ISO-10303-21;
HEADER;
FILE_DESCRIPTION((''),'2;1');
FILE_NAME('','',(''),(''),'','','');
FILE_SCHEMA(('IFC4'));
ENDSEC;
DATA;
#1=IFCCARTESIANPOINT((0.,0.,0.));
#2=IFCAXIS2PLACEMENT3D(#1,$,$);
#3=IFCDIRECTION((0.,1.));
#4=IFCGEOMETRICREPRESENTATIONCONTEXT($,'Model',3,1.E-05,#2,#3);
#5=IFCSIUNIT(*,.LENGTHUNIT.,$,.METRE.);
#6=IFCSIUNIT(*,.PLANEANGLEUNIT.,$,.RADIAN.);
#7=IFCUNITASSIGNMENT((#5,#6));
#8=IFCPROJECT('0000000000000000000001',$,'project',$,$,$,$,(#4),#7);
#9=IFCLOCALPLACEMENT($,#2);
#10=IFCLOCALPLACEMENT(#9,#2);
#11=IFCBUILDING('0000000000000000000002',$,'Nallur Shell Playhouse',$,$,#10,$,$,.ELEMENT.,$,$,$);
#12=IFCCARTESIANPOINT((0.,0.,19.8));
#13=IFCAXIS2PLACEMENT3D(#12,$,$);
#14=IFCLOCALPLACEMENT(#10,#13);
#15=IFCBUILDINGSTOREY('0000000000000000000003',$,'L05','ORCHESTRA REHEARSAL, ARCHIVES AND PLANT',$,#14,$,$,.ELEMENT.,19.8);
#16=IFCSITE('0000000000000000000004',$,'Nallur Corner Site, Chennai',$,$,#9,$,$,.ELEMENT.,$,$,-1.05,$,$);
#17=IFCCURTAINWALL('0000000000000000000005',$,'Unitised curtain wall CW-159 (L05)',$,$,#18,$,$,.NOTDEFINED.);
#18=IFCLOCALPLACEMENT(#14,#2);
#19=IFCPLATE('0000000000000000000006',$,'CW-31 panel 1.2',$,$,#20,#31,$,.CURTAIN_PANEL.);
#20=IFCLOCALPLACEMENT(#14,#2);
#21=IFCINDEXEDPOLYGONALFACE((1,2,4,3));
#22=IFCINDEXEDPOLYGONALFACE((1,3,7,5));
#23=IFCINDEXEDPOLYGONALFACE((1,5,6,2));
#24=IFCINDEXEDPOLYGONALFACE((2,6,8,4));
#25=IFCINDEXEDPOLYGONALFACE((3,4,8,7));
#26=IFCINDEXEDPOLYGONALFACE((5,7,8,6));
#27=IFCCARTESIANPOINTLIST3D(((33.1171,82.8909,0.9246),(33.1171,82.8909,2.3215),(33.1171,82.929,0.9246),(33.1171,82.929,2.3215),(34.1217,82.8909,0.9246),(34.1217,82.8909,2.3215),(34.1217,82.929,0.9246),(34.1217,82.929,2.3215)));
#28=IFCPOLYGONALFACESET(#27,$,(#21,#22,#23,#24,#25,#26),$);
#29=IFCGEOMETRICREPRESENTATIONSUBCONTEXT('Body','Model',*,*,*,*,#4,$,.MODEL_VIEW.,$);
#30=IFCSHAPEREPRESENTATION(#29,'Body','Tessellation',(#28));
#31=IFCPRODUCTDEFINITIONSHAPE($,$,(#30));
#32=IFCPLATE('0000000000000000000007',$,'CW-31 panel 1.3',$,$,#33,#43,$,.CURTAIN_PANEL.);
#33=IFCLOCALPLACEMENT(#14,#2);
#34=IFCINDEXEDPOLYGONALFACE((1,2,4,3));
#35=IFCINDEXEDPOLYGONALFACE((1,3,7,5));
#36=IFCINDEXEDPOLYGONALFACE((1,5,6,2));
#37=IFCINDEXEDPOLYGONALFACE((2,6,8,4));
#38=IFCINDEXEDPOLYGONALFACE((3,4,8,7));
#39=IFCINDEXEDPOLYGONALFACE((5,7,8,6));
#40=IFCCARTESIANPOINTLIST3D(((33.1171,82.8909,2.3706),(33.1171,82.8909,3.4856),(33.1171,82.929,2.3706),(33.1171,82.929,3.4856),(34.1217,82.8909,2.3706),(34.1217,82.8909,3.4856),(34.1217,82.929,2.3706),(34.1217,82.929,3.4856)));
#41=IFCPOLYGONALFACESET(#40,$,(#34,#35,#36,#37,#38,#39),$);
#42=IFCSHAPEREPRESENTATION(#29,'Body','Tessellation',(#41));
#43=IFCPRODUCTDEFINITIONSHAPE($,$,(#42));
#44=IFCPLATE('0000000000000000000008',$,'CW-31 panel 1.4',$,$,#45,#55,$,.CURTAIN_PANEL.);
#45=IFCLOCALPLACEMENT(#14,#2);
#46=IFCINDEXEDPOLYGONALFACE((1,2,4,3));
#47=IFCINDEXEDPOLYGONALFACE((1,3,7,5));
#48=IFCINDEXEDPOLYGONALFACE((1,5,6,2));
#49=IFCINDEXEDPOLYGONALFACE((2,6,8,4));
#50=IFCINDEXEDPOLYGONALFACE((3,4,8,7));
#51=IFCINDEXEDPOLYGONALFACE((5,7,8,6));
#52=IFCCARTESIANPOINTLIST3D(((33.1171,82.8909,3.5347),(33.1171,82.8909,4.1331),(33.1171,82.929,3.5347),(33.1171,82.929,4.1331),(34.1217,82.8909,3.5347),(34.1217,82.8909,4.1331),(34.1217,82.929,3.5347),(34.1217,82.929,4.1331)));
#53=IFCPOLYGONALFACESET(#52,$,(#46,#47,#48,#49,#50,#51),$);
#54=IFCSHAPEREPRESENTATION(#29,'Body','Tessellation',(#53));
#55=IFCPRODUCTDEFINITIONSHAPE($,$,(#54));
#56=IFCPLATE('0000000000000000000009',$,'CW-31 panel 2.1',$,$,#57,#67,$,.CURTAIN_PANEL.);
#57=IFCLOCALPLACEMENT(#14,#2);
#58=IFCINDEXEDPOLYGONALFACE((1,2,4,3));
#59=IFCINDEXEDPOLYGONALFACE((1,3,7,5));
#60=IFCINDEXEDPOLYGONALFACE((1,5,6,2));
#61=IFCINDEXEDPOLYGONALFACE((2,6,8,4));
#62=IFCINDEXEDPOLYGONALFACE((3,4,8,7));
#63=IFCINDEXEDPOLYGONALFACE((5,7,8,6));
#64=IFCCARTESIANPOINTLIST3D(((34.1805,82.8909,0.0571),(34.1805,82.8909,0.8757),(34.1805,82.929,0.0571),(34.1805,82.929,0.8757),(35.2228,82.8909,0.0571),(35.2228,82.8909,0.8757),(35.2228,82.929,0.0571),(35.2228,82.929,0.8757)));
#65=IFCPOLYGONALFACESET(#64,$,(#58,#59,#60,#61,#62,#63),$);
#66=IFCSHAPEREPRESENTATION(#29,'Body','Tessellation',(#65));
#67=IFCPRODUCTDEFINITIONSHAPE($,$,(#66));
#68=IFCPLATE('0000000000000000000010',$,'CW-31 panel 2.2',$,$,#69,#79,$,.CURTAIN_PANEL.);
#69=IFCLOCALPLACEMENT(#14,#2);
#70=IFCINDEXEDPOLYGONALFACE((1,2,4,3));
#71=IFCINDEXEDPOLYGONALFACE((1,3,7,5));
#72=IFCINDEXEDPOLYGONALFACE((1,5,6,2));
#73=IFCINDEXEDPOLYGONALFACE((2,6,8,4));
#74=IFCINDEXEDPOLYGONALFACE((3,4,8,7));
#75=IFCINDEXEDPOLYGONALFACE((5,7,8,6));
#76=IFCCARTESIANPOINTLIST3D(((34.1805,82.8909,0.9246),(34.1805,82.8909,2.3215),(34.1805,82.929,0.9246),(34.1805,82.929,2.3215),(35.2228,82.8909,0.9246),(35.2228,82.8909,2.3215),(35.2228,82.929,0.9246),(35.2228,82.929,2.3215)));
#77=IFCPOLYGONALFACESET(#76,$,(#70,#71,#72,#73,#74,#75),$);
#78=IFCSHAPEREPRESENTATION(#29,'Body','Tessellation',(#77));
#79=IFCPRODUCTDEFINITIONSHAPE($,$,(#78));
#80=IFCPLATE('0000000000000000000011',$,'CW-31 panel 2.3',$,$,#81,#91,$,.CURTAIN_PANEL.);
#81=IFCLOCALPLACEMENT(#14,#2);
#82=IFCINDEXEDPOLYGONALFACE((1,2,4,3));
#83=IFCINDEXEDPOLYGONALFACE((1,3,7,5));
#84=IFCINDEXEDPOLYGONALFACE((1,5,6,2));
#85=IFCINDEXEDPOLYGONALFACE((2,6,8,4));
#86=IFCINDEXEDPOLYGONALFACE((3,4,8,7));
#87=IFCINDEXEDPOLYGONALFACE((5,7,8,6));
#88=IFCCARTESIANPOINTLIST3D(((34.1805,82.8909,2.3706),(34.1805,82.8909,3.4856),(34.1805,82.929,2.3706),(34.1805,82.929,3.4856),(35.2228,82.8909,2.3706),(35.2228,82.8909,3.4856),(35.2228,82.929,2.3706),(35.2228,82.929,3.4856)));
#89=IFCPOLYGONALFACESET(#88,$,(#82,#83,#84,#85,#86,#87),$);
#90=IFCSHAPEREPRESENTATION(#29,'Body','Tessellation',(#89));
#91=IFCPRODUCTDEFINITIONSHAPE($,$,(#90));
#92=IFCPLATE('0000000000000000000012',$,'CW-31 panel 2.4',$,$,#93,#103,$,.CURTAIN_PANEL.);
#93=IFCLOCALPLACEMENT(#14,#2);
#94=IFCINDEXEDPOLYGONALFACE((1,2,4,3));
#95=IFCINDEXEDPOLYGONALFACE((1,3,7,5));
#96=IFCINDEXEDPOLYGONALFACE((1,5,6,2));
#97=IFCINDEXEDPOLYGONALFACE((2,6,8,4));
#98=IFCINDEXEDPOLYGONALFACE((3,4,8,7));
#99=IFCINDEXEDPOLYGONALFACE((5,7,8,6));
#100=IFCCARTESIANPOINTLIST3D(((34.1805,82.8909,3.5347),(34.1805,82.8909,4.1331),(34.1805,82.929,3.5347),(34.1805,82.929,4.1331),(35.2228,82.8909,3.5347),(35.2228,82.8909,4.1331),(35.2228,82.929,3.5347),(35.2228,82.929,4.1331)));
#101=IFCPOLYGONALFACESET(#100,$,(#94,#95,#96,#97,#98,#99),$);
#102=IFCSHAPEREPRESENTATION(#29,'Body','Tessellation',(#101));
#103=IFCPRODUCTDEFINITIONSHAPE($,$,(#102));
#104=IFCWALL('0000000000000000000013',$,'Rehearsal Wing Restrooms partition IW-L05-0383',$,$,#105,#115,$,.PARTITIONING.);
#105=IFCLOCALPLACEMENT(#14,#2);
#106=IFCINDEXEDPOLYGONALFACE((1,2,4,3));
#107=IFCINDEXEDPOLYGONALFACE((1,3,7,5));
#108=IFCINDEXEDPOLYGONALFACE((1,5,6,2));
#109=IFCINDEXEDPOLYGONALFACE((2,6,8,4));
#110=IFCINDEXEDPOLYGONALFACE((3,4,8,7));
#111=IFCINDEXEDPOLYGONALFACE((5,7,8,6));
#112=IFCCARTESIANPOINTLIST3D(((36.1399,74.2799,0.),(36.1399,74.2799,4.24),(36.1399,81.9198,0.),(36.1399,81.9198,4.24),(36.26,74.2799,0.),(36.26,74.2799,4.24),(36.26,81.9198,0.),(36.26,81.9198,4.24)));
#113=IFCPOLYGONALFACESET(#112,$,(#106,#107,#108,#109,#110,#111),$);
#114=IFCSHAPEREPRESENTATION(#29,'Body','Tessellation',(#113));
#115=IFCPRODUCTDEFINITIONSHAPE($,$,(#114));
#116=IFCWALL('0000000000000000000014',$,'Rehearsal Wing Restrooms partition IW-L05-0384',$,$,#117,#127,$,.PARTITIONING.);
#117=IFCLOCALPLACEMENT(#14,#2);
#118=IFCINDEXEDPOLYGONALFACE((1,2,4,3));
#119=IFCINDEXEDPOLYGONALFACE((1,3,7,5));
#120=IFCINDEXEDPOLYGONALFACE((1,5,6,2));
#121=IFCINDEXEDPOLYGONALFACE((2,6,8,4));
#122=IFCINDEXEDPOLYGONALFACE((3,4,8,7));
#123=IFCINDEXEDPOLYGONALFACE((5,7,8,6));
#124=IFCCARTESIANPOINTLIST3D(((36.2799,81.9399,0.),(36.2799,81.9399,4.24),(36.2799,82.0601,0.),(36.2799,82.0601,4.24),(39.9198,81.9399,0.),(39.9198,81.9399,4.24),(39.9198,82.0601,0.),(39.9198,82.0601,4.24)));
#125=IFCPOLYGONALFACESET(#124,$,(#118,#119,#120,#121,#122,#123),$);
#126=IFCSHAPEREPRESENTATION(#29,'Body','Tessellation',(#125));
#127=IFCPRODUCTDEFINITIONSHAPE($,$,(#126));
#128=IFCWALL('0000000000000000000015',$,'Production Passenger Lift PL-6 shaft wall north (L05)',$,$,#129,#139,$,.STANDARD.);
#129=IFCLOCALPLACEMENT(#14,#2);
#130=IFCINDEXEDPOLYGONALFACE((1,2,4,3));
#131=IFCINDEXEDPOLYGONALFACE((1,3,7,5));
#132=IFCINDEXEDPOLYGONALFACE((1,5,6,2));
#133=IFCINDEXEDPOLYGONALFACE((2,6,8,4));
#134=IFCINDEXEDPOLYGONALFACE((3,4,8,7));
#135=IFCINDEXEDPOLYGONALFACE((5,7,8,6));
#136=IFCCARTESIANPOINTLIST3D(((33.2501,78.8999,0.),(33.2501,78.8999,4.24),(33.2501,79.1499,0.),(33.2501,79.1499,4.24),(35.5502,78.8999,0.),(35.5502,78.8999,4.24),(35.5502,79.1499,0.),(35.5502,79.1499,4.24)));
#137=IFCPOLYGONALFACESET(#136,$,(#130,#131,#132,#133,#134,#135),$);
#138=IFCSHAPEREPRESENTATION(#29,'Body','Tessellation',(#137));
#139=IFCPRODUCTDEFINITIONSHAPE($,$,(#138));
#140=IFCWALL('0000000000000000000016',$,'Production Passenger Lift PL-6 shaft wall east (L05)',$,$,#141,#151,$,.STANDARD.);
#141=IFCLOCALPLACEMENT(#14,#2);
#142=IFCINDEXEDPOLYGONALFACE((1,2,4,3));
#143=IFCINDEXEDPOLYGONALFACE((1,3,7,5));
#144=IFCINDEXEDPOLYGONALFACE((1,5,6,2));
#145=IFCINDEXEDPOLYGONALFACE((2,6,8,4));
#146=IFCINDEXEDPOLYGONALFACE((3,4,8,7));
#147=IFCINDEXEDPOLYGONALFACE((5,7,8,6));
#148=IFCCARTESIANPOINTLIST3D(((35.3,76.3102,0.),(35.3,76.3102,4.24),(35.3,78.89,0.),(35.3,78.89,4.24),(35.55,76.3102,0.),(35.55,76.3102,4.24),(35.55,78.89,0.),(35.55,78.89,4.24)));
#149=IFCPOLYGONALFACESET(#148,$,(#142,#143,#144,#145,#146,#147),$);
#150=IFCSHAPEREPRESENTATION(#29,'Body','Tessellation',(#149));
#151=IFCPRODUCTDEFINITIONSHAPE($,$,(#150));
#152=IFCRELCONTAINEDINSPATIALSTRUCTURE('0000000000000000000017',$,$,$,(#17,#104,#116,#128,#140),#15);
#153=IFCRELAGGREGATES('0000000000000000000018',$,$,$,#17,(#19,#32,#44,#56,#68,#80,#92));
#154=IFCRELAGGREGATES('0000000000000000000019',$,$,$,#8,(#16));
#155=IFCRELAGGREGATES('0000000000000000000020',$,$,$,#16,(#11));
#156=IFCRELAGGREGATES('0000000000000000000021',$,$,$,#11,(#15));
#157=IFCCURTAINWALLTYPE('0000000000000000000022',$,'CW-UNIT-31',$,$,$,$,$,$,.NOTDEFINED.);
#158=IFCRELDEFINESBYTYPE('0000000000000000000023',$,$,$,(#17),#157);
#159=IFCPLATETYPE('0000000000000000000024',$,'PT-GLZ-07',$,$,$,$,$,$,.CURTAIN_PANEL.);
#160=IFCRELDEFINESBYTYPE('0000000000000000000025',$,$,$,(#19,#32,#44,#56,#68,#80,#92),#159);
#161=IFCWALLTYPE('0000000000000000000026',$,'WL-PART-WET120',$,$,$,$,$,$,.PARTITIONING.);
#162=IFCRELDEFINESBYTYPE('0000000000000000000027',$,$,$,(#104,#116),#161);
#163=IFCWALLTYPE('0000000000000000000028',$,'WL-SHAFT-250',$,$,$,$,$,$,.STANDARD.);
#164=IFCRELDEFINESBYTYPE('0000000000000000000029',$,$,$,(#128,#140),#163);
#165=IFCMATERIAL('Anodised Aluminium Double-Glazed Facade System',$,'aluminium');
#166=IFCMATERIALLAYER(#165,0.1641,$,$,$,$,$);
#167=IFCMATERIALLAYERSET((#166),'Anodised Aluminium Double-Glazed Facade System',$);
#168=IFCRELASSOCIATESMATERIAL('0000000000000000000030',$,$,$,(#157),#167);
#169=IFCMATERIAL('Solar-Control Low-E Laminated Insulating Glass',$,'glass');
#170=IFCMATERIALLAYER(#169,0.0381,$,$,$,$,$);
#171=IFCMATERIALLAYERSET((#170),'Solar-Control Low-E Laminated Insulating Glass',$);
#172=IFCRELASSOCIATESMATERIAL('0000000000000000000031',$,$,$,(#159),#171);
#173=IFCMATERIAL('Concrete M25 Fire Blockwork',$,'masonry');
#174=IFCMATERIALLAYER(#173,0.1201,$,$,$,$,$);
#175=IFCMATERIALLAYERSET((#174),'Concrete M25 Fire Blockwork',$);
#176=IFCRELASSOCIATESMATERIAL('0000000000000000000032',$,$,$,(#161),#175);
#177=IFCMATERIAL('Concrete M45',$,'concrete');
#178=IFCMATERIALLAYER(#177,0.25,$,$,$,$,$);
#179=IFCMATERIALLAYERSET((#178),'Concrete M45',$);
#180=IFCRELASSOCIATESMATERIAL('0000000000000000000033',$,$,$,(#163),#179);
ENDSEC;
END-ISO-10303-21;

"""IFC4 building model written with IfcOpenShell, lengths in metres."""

from ifc_helpers import new_model, si_unit, direction, frame, frame_2d, origin, origin_2d, place, context, subcontext, project, spatial, rectangle, extrude, material, layer, layer_set, type_object, element, aggregate, save


model = new_model("IFC4")

# Units and contexts
model_context = context("Model", 3, precision=1e-05, world=origin(), true_north=direction((0.0, 1.0)))
body_context = subcontext(model_context, "Body", "Model", "MODEL_VIEW")
ifc_project = project(units=[si_unit("LENGTHUNIT", "METRE"), si_unit("PLANEANGLEUNIT", "RADIAN")], contexts=[model_context])

# Site, building, storey
site_placement = place(None, origin())
site = spatial("IfcSite", under=ifc_project, at=site_placement, Name="Nallur Corner Site, Chennai", CompositionType="ELEMENT", RefElevation=-1.05)
building_placement = place(site_placement, origin())
building = spatial("IfcBuilding", under=site, at=building_placement, Name="Nallur Shell Playhouse", CompositionType="ELEMENT")
storey_placement = place(building_placement, frame((0.0, 0.0, 19.8)))
storey = spatial("IfcBuildingStorey", under=building, at=storey_placement, Name="L05", Description="ORCHESTRA REHEARSAL, ARCHIVES AND PLANT", CompositionType="ELEMENT", Elevation=19.8)

# Curtain wall, plates
ifc_material_1 = material(Name="Anodised Aluminium Double-Glazed Facade System", Category="aluminium")
ifc_layer_1 = layer(ifc_material_1, 0.1641)
ifc_layer_set_1 = layer_set([ifc_layer_1], Name="Anodised Aluminium Double-Glazed Facade System")
curtain_wall_type = type_object("IfcCurtainWallType", Name="CW-UNIT-31", PredefinedType="NOTDEFINED", material=ifc_layer_set_1)
curtain_wall_placement = place(storey_placement, origin())
curtain_wall = element("IfcCurtainWall", 1, at=curtain_wall_placement, inside=storey, type_object=curtain_wall_type, Name="Unitised curtain wall CW-159 (L05)", PredefinedType="NOTDEFINED")
ifc_material_2 = material(Name="Solar-Control Low-E Laminated Insulating Glass", Category="glass")
ifc_layer_2 = layer(ifc_material_2, 0.0381)
ifc_layer_set_2 = layer_set([ifc_layer_2], Name="Solar-Control Low-E Laminated Insulating Glass")
plate_type = type_object("IfcPlateType", Name="PT-GLZ-07", PredefinedType="CURTAIN_PANEL", material=ifc_layer_set_2)
plate_1_placement = place(storey_placement, frame((33.6194, 82.9099, 0.9246), z_axis=(0.0, 0.0, 1.0), x_axis=(1.0, 0.0, 0.0)))
plate_1 = element("IfcPlate", 2, at=plate_1_placement, type_object=plate_type, Name="CW-31 panel 1.2", PredefinedType="CURTAIN_PANEL", context=body_context, shape_type="SweptSolid", body=[
    extrude(rectangle(XDim=1.0046, YDim=0.0381, at=origin_2d()), origin(), (0.0, 0.0, 1.0), 1.397),
])
plate_2_placement = place(storey_placement, frame((33.6194, 82.9099, 2.3706), z_axis=(0.0, 0.0, 1.0), x_axis=(1.0, 0.0, 0.0)))
plate_2 = element("IfcPlate", 3, at=plate_2_placement, type_object=plate_type, Name="CW-31 panel 1.3", PredefinedType="CURTAIN_PANEL", context=body_context, shape_type="SweptSolid", body=[
    extrude(rectangle(XDim=1.0046, YDim=0.0381, at=origin_2d()), origin(), (0.0, 0.0, 1.0), 1.115),
])
plate_3_placement = place(storey_placement, frame((33.6194, 82.9099, 3.5347), z_axis=(0.0, 0.0, 1.0), x_axis=(1.0, 0.0, 0.0)))
plate_3 = element("IfcPlate", 4, at=plate_3_placement, type_object=plate_type, Name="CW-31 panel 1.4", PredefinedType="CURTAIN_PANEL", context=body_context, shape_type="SweptSolid", body=[
    extrude(rectangle(XDim=1.0046, YDim=0.0381, at=origin_2d()), origin(), (0.0, 0.0, 1.0), 0.5984),
])
plate_4_placement = place(storey_placement, frame((34.7017, 82.9099, 0.0571), z_axis=(0.0, 0.0, 1.0), x_axis=(1.0, 0.0, 0.0)))
plate_4 = element("IfcPlate", 5, at=plate_4_placement, type_object=plate_type, Name="CW-31 panel 2.1", PredefinedType="CURTAIN_PANEL", context=body_context, shape_type="SweptSolid", body=[
    extrude(rectangle(XDim=1.0422, YDim=0.0381, at=origin_2d()), origin(), (0.0, 0.0, 1.0), 0.8186),
])
plate_5_placement = place(storey_placement, frame((34.7017, 82.9099, 0.9246), z_axis=(0.0, 0.0, 1.0), x_axis=(1.0, 0.0, 0.0)))
plate_5 = element("IfcPlate", 6, at=plate_5_placement, type_object=plate_type, Name="CW-31 panel 2.2", PredefinedType="CURTAIN_PANEL", context=body_context, shape_type="SweptSolid", body=[
    extrude(rectangle(XDim=1.0422, YDim=0.0381, at=origin_2d()), origin(), (0.0, 0.0, 1.0), 1.397),
])
plate_6_placement = place(storey_placement, frame((34.7017, 82.9099, 2.3706), z_axis=(0.0, 0.0, 1.0), x_axis=(1.0, 0.0, 0.0)))
plate_6 = element("IfcPlate", 7, at=plate_6_placement, type_object=plate_type, Name="CW-31 panel 2.3", PredefinedType="CURTAIN_PANEL", context=body_context, shape_type="SweptSolid", body=[
    extrude(rectangle(XDim=1.0422, YDim=0.0381, at=origin_2d()), origin(), (0.0, 0.0, 1.0), 1.115),
])
plate_7_placement = place(storey_placement, frame((34.7017, 82.9099, 3.5347), z_axis=(0.0, 0.0, 1.0), x_axis=(1.0, 0.0, 0.0)))
plate_7 = element("IfcPlate", 8, at=plate_7_placement, type_object=plate_type, Name="CW-31 panel 2.4", PredefinedType="CURTAIN_PANEL", context=body_context, shape_type="SweptSolid", body=[
    extrude(rectangle(XDim=1.0422, YDim=0.0381, at=origin_2d()), origin(), (0.0, 0.0, 1.0), 0.5984),
])
aggregate(curtain_wall, [plate_1, plate_2, plate_3, plate_4, plate_5, plate_6, plate_7])

# Walls
ifc_material_3 = material(Name="Concrete M25 Fire Blockwork", Category="masonry")
ifc_layer_3 = layer(ifc_material_3, 0.1201)
ifc_layer_set_3 = layer_set([ifc_layer_3], Name="Concrete M25 Fire Blockwork")
wall_type_1 = type_object("IfcWallType", Name="WL-PART-WET120", PredefinedType="PARTITIONING", material=ifc_layer_set_3)
wall_1_placement = place(storey_placement, frame((36.2, 74.28, 0.0), z_axis=(0.0, 0.0, 1.0), x_axis=(0.0, 1.0, 0.0)))
element("IfcWall", 9, at=wall_1_placement, inside=storey, type_object=wall_type_1, Name="Rehearsal Wing Restrooms partition IW-L05-0383", PredefinedType="PARTITIONING", context=body_context, shape_type="SweptSolid", body=[
    extrude(rectangle(XDim=7.6399, YDim=0.1201, at=frame_2d((3.8198, 0.0))), origin(), (0.0, 0.0, 1.0), 4.24),
])
wall_2_placement = place(storey_placement, frame((36.28, 82.0, 0.0), z_axis=(0.0, 0.0, 1.0), x_axis=(1.0, 0.0, 0.0)))
element("IfcWall", 10, at=wall_2_placement, inside=storey, type_object=wall_type_1, Name="Rehearsal Wing Restrooms partition IW-L05-0384", PredefinedType="PARTITIONING", context=body_context, shape_type="SweptSolid", body=[
    extrude(rectangle(XDim=3.6399, YDim=0.1201, at=frame_2d((1.8198, 0.0))), origin(), (0.0, 0.0, 1.0), 4.24),
])
ifc_material_4 = material(Name="Concrete M45", Category="concrete")
ifc_layer_4 = layer(ifc_material_4, 0.25)
ifc_layer_set_4 = layer_set([ifc_layer_4], Name="Concrete M45")
wall_type_2 = type_object("IfcWallType", Name="WL-SHAFT-250", PredefinedType="STANDARD", material=ifc_layer_set_4)
wall_3_placement = place(storey_placement, frame((35.55, 79.0249, 0.0), z_axis=(0.0, 0.0, 1.0), x_axis=(-1.0, 0.0, 0.0)))
element("IfcWall", 11, at=wall_3_placement, inside=storey, type_object=wall_type_2, Name="Production Passenger Lift PL-6 shaft wall north (L05)", PredefinedType="STANDARD", context=body_context, shape_type="SweptSolid", body=[
    extrude(rectangle(XDim=2.3, YDim=0.25, at=frame_2d((1.1499, 0.0))), origin(), (0.0, 0.0, 1.0), 4.24),
])
wall_4_placement = place(storey_placement, frame((35.425, 76.3101, 0.0), z_axis=(0.0, 0.0, 1.0), x_axis=(0.0, 1.0, 0.0)))
element("IfcWall", 12, at=wall_4_placement, inside=storey, type_object=wall_type_2, Name="Production Passenger Lift PL-6 shaft wall east (L05)", PredefinedType="STANDARD", context=body_context, shape_type="SweptSolid", body=[
    extrude(rectangle(XDim=2.5798, YDim=0.25, at=frame_2d((1.29, 0.0))), origin(), (0.0, 0.0, 1.0), 4.24),
])

save(model, "model.ifc")
